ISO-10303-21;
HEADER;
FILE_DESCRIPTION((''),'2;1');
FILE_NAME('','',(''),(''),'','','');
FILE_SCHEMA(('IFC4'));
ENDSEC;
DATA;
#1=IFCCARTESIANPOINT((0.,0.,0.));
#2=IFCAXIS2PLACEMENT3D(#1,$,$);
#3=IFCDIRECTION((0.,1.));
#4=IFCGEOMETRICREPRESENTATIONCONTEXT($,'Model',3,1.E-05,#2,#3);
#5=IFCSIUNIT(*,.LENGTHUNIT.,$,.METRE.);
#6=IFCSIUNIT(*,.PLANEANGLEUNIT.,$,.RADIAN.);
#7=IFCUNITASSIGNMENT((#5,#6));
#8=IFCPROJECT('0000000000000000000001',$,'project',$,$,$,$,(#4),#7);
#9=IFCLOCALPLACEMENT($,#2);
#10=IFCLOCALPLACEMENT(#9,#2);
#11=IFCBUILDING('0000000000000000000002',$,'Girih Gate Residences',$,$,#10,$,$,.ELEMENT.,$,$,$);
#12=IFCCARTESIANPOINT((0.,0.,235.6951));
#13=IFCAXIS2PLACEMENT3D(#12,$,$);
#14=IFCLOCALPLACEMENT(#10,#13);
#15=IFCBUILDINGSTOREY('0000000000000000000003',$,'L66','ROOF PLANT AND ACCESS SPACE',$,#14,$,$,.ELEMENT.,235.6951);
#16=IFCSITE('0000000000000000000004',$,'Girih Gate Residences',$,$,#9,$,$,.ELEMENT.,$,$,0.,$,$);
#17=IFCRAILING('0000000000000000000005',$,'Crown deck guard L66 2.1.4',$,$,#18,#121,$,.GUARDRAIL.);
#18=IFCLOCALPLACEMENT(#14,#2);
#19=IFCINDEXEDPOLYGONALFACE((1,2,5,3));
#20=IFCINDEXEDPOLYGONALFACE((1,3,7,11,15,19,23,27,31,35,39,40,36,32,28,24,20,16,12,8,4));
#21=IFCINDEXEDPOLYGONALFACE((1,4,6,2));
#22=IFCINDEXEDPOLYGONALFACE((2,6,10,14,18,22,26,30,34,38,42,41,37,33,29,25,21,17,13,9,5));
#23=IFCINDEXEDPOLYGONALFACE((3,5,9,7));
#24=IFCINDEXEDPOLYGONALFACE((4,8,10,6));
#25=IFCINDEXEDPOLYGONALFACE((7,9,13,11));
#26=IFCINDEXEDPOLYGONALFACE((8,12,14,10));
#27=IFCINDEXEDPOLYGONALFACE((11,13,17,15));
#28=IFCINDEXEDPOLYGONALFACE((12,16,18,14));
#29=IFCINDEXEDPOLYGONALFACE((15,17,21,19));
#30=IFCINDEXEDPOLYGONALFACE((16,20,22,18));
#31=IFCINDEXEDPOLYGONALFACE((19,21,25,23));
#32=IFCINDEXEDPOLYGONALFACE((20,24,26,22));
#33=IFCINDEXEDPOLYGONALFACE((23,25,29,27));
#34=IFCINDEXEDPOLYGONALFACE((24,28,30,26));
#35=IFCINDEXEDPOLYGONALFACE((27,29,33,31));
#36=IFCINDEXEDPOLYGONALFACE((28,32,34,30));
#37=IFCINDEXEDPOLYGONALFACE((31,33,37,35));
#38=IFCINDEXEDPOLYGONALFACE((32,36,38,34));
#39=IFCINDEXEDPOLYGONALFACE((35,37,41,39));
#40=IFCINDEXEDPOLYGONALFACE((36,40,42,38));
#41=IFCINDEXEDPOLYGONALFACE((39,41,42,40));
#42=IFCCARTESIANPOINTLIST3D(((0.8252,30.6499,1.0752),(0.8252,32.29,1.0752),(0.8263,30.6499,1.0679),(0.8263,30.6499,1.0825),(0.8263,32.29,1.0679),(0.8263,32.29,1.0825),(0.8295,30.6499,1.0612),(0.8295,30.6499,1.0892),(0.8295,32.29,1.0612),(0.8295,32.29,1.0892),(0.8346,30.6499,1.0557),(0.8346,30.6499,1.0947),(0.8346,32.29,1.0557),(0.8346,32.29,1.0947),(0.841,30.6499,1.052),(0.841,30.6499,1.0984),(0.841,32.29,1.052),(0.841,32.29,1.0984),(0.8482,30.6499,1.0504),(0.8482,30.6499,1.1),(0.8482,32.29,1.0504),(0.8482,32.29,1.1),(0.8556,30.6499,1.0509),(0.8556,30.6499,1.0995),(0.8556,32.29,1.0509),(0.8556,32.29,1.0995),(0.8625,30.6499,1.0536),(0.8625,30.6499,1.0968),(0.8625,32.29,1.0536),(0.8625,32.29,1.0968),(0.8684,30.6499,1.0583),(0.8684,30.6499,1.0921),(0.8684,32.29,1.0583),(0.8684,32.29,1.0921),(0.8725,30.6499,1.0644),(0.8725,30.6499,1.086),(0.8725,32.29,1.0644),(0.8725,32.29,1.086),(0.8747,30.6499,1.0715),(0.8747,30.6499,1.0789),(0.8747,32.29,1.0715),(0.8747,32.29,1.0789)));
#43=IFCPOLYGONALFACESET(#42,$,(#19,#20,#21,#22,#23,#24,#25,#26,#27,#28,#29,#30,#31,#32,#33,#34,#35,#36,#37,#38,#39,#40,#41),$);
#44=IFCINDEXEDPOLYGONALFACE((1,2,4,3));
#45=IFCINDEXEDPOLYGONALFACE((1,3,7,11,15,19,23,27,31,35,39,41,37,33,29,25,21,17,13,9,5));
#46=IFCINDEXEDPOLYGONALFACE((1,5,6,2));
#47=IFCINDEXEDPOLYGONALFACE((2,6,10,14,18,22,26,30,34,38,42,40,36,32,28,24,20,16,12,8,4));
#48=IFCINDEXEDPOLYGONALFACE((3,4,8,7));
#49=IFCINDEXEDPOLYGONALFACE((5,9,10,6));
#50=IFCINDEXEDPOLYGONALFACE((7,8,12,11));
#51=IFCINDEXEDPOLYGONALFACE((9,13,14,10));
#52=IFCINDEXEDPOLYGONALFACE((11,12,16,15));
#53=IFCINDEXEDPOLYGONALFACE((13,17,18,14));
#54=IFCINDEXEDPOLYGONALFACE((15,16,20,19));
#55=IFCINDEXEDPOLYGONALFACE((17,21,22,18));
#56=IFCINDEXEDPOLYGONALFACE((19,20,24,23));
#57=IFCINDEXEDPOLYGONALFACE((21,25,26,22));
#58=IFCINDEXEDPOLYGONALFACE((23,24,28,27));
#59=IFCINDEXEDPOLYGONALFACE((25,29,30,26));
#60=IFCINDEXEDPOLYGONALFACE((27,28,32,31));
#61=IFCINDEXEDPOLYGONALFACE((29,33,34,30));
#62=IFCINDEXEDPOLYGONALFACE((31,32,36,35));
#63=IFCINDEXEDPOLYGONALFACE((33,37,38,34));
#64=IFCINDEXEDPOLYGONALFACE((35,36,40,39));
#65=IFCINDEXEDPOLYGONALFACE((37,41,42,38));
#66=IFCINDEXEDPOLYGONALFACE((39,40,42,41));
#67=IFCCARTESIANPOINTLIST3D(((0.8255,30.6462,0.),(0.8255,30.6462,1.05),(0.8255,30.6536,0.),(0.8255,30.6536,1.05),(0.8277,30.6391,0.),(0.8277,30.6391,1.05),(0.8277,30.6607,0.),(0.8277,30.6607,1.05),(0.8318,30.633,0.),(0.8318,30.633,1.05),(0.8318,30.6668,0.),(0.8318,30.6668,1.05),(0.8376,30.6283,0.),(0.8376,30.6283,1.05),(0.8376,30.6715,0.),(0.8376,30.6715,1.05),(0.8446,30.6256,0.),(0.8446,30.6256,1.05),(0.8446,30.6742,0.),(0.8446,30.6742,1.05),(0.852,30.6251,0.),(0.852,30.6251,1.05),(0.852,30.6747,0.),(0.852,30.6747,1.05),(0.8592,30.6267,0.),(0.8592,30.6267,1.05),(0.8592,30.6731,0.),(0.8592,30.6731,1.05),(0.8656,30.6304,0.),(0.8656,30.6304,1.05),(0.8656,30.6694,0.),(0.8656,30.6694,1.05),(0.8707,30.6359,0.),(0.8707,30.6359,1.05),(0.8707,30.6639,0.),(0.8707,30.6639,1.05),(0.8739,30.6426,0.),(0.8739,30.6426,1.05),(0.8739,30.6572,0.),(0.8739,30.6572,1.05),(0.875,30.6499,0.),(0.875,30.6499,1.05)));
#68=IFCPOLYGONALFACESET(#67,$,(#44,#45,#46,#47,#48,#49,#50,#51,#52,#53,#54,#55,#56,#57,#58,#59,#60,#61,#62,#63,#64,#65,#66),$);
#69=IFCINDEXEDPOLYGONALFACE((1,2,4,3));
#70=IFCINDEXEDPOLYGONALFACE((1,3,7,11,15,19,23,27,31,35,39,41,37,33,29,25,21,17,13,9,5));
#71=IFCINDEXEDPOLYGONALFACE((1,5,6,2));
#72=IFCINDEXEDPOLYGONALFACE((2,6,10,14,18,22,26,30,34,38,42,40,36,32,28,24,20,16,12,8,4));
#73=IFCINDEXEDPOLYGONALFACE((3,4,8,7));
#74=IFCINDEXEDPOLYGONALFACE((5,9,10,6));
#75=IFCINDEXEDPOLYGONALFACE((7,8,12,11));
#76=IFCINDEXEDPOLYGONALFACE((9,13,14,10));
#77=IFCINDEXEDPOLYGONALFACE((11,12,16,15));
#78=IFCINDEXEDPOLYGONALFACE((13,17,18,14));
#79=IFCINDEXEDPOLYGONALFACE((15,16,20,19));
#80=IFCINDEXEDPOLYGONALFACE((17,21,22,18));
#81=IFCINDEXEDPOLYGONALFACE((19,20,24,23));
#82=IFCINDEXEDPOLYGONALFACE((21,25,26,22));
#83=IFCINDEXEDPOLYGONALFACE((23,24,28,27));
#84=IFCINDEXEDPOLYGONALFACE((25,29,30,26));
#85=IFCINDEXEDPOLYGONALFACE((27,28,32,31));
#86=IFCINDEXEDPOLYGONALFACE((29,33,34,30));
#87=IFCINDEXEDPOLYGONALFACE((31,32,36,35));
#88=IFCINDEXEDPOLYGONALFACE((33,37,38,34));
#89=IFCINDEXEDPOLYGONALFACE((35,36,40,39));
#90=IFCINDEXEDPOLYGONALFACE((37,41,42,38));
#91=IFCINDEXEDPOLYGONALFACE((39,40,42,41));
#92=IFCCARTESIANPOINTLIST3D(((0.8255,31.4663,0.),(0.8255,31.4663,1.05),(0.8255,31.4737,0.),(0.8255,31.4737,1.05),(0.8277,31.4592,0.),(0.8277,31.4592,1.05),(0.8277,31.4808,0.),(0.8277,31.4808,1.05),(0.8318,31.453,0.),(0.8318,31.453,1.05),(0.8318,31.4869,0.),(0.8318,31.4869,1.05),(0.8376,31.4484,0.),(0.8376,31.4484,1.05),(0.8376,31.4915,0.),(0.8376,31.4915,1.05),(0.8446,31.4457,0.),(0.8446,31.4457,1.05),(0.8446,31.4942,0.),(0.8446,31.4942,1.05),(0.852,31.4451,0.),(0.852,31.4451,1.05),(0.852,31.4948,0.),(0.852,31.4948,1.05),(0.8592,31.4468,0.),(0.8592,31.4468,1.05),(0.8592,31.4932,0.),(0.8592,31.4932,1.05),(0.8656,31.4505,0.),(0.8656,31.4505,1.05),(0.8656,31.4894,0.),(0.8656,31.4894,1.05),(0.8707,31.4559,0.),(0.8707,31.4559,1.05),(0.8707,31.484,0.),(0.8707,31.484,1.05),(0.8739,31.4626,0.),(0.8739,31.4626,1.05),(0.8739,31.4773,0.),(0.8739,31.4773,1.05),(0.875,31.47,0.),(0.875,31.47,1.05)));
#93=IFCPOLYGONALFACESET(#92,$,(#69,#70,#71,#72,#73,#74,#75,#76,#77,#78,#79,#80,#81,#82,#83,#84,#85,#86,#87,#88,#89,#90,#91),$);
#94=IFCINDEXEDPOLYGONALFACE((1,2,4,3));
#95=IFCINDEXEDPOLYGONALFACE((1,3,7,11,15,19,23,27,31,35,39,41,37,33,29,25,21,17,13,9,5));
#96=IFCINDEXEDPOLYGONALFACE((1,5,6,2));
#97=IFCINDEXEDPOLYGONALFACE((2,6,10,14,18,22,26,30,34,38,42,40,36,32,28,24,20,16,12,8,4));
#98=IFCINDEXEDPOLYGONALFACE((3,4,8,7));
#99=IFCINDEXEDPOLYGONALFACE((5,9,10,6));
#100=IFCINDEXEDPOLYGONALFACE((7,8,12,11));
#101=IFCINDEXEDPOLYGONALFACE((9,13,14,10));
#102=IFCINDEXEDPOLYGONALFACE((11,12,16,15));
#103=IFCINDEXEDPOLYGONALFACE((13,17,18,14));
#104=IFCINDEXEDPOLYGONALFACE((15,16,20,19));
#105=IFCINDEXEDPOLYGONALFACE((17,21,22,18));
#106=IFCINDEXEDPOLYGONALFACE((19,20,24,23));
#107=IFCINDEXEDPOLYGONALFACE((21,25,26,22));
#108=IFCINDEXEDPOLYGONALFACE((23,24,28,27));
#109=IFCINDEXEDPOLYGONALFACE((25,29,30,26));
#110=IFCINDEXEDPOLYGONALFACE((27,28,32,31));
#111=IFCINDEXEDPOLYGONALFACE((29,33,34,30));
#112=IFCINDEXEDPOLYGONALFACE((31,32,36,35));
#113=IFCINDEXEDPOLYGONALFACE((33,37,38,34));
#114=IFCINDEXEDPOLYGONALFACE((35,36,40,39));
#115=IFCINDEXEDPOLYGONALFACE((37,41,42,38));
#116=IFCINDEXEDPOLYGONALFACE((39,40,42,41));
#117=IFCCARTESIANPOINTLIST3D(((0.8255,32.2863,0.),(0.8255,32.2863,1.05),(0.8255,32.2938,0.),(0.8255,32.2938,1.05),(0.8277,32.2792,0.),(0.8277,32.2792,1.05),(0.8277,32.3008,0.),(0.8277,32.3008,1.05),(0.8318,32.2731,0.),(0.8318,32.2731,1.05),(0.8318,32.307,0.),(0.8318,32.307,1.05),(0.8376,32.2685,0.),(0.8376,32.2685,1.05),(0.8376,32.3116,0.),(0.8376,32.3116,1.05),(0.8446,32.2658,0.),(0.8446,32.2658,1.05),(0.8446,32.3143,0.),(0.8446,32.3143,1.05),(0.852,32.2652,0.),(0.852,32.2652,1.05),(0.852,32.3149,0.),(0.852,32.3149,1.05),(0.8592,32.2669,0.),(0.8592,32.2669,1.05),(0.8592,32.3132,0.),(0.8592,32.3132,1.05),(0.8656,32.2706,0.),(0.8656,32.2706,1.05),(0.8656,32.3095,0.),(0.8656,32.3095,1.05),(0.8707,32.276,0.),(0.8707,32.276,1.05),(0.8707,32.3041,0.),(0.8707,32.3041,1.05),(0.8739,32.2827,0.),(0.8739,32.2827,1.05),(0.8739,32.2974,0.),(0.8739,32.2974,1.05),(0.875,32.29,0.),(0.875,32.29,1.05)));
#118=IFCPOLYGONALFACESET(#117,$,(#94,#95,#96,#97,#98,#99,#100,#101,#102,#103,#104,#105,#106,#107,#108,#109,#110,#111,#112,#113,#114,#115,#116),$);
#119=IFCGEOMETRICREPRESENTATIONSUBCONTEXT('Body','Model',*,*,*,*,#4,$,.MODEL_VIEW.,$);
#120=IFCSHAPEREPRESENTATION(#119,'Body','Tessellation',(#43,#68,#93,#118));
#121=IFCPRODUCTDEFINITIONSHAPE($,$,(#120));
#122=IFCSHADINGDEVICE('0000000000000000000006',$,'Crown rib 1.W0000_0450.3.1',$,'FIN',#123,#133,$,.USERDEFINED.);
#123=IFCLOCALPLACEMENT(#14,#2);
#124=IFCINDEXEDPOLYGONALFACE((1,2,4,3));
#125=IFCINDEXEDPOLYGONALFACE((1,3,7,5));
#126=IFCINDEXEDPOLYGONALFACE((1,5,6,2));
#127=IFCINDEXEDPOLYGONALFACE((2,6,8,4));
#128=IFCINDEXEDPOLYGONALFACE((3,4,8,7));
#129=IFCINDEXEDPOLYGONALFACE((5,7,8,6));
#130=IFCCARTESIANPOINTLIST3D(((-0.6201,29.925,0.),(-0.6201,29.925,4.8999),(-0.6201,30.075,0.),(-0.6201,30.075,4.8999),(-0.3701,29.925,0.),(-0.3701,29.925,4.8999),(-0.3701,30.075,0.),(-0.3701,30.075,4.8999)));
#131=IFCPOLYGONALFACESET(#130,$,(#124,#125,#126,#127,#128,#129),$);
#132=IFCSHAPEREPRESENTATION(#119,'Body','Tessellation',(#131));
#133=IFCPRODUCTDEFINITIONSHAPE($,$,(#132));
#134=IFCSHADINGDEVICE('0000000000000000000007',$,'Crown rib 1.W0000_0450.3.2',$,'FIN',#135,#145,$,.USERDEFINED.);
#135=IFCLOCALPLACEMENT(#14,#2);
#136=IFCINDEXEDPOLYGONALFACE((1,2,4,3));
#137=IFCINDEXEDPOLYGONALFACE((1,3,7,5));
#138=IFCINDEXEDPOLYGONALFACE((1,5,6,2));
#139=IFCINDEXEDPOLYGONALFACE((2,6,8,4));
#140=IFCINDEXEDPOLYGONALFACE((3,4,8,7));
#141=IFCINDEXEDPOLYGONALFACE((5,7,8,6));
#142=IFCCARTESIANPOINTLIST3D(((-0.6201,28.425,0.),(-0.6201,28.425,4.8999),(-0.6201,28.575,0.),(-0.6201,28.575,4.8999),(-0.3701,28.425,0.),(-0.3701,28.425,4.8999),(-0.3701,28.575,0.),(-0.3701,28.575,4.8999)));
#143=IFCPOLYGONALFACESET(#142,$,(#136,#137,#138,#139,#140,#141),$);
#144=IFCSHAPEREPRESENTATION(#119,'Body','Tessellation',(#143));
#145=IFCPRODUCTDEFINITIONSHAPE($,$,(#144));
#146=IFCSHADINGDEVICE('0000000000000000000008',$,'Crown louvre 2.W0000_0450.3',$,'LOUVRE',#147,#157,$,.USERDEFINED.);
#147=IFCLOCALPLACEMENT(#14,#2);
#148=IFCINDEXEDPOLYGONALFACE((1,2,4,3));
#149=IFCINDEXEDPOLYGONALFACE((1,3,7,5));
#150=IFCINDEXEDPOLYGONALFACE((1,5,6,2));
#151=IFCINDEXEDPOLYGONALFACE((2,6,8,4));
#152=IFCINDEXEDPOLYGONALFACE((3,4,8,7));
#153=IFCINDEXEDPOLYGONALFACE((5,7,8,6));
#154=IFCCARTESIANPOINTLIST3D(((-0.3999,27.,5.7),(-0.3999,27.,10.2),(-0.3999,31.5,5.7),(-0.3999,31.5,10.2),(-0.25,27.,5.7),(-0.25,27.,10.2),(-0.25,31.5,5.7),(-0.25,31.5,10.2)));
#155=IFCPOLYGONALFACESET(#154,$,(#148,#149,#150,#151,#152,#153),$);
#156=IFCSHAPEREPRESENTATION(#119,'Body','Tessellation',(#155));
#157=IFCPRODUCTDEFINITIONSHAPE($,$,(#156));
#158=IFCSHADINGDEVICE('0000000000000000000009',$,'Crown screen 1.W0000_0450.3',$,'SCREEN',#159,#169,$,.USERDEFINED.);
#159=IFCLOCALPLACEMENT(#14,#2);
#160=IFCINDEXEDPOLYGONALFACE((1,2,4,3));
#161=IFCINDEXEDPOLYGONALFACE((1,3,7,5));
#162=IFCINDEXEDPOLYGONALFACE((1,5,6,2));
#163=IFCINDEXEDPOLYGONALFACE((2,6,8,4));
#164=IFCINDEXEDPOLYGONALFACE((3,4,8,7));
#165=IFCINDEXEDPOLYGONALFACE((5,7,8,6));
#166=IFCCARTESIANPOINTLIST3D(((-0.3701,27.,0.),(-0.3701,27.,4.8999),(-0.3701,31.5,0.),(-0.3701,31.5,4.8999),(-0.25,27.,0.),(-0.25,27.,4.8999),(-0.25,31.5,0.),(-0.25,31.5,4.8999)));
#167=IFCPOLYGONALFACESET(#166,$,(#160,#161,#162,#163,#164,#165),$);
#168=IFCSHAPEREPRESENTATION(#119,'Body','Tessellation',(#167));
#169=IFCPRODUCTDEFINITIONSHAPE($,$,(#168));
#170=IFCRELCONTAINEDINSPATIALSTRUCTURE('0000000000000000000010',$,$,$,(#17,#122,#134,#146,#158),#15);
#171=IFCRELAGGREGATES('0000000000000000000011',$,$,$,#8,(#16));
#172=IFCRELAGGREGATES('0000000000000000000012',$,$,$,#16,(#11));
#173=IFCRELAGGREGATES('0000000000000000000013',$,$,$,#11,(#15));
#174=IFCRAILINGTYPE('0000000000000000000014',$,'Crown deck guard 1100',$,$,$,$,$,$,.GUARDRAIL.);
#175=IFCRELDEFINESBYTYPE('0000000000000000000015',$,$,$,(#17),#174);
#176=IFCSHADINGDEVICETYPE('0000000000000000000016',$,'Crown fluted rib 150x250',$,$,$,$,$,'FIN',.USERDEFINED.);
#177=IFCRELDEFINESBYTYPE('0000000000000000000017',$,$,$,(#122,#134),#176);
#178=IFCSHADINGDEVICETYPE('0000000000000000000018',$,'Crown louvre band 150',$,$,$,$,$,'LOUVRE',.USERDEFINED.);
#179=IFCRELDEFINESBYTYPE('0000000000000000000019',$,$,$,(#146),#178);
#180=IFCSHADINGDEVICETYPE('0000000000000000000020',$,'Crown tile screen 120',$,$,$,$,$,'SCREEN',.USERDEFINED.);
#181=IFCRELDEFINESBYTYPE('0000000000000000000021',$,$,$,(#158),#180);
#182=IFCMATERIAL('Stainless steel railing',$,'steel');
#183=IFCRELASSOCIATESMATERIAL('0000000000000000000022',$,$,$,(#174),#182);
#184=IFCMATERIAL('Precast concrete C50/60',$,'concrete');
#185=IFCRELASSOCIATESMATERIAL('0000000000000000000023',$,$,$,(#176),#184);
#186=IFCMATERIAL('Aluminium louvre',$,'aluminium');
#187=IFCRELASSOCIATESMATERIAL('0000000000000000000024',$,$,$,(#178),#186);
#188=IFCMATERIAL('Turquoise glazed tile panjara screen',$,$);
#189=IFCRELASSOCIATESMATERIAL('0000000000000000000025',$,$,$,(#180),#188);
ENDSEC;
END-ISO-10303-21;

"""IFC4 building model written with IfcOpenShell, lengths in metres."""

from ifc_helpers import new_model, si_unit, direction, frame, origin, origin_2d, place, context, subcontext, project, spatial, rectangle, circle, extrude, material, type_object, element, save


model = new_model("IFC4")

# Units and contexts
model_context = context("Model", 3, precision=1e-05, world=origin(), true_north=direction((0.0, 1.0)))
body_context = subcontext(model_context, "Body", "Model", "MODEL_VIEW")
ifc_project = project(units=[si_unit("LENGTHUNIT", "METRE"), si_unit("PLANEANGLEUNIT", "RADIAN")], contexts=[model_context])

# Site, building, storey
site_placement = place(None, origin())
site = spatial("IfcSite", under=ifc_project, at=site_placement, Name="Girih Gate Residences", CompositionType="ELEMENT", RefElevation=0.0)
building_placement = place(site_placement, origin())
building = spatial("IfcBuilding", under=site, at=building_placement, Name="Girih Gate Residences", CompositionType="ELEMENT")
storey_placement = place(building_placement, frame((0.0, 0.0, 235.6951)))
storey = spatial("IfcBuildingStorey", under=building, at=storey_placement, Name="L66", Description="ROOF PLANT AND ACCESS SPACE", CompositionType="ELEMENT", Elevation=235.6951)

# Railing
ifc_material_1 = material(Name="Stainless steel railing", Category="steel")
railing_type_1 = type_object("IfcRailingType", Name="Crown deck guard 1100", PredefinedType="GUARDRAIL", material=ifc_material_1)
railing_1_placement = place(storey_placement, frame((0.8501, 30.6499, 0.0)))
element("IfcRailing", 1, at=railing_1_placement, inside=storey, type_object=railing_type_1, Name="Crown deck guard L66 2.1.4", PredefinedType="GUARDRAIL", context=body_context, shape_type="SweptSolid", body=[
    extrude(circle(Radius=0.0249, at=origin_2d()), frame((0.0, 0.0, 1.0752), z_axis=(0.0, 1.0, 0.0), x_axis=(-1.0, 0.0, 0.0)), (0.0, 0.0, 1.0), 1.6401),
    extrude(circle(Radius=0.0249, at=origin_2d()), origin(), (0.0, 0.0, 1.0), 1.05),
    extrude(circle(Radius=0.0249, at=origin_2d()), frame((0.0, 0.8201, 0.0)), (0.0, 0.0, 1.0), 1.05),
    extrude(circle(Radius=0.0249, at=origin_2d()), frame((0.0, 1.6401, 0.0)), (0.0, 0.0, 1.0), 1.05),
])

# Shading devices
ifc_material_2 = material(Name="Precast concrete C50/60", Category="concrete")
shading_device_type_1 = type_object("IfcShadingDeviceType", Name="Crown fluted rib 150x250", ElementType="FIN", PredefinedType="USERDEFINED", material=ifc_material_2)
for number, where, z_axis, x_axis, name in (
    (2, (-0.4951, 30.0, 0.0), (0.0, 0.0, 1.0), (0.0, -1.0, 0.0), "Crown rib 1.W0000_0450.3.1"),
    (3, (-0.4951, 28.5, 0.0), (0.0, 0.0, 1.0), (0.0, -1.0, 0.0), "Crown rib 1.W0000_0450.3.2"),
):
    element("IfcShadingDevice", number, at=place(storey_placement, frame(where, z_axis=z_axis, x_axis=x_axis)), inside=storey, type_object=shading_device_type_1, Name=name, ObjectType="FIN", PredefinedType="USERDEFINED", context=body_context, shape_type="SweptSolid", body=[
        extrude(rectangle(XDim=0.1499, YDim=0.25, at=origin_2d()), origin(), (0.0, 0.0, 1.0), 4.8999),
    ])
ifc_material_3 = material(Name="Aluminium louvre", Category="aluminium")
shading_device_type_2 = type_object("IfcShadingDeviceType", Name="Crown louvre band 150", ElementType="LOUVRE", PredefinedType="USERDEFINED", material=ifc_material_3)
shading_device_1_placement = place(storey_placement, frame((-0.325, 29.25, 5.7), z_axis=(0.0, 0.0, 1.0), x_axis=(0.0, -1.0, 0.0)))
element("IfcShadingDevice", 4, at=shading_device_1_placement, inside=storey, type_object=shading_device_type_2, Name="Crown louvre 2.W0000_0450.3", ObjectType="LOUVRE", PredefinedType="USERDEFINED", context=body_context, shape_type="SweptSolid", body=[
    extrude(rectangle(XDim=4.5, YDim=0.1499, at=origin_2d()), origin(), (0.0, 0.0, 1.0), 4.5),
])
ifc_material_4 = material(Name="Turquoise glazed tile panjara screen")
shading_device_type_3 = type_object("IfcShadingDeviceType", Name="Crown tile screen 120", ElementType="SCREEN", PredefinedType="USERDEFINED", material=ifc_material_4)
shading_device_2_placement = place(storey_placement, frame((-0.3101, 29.25, 0.0), z_axis=(0.0, 0.0, 1.0), x_axis=(0.0, -1.0, 0.0)))
element("IfcShadingDevice", 5, at=shading_device_2_placement, inside=storey, type_object=shading_device_type_3, Name="Crown screen 1.W0000_0450.3", ObjectType="SCREEN", PredefinedType="USERDEFINED", context=body_context, shape_type="SweptSolid", body=[
    extrude(rectangle(XDim=4.5, YDim=0.1201, at=origin_2d()), origin(), (0.0, 0.0, 1.0), 4.8999),
])

save(model, "model.ifc")
